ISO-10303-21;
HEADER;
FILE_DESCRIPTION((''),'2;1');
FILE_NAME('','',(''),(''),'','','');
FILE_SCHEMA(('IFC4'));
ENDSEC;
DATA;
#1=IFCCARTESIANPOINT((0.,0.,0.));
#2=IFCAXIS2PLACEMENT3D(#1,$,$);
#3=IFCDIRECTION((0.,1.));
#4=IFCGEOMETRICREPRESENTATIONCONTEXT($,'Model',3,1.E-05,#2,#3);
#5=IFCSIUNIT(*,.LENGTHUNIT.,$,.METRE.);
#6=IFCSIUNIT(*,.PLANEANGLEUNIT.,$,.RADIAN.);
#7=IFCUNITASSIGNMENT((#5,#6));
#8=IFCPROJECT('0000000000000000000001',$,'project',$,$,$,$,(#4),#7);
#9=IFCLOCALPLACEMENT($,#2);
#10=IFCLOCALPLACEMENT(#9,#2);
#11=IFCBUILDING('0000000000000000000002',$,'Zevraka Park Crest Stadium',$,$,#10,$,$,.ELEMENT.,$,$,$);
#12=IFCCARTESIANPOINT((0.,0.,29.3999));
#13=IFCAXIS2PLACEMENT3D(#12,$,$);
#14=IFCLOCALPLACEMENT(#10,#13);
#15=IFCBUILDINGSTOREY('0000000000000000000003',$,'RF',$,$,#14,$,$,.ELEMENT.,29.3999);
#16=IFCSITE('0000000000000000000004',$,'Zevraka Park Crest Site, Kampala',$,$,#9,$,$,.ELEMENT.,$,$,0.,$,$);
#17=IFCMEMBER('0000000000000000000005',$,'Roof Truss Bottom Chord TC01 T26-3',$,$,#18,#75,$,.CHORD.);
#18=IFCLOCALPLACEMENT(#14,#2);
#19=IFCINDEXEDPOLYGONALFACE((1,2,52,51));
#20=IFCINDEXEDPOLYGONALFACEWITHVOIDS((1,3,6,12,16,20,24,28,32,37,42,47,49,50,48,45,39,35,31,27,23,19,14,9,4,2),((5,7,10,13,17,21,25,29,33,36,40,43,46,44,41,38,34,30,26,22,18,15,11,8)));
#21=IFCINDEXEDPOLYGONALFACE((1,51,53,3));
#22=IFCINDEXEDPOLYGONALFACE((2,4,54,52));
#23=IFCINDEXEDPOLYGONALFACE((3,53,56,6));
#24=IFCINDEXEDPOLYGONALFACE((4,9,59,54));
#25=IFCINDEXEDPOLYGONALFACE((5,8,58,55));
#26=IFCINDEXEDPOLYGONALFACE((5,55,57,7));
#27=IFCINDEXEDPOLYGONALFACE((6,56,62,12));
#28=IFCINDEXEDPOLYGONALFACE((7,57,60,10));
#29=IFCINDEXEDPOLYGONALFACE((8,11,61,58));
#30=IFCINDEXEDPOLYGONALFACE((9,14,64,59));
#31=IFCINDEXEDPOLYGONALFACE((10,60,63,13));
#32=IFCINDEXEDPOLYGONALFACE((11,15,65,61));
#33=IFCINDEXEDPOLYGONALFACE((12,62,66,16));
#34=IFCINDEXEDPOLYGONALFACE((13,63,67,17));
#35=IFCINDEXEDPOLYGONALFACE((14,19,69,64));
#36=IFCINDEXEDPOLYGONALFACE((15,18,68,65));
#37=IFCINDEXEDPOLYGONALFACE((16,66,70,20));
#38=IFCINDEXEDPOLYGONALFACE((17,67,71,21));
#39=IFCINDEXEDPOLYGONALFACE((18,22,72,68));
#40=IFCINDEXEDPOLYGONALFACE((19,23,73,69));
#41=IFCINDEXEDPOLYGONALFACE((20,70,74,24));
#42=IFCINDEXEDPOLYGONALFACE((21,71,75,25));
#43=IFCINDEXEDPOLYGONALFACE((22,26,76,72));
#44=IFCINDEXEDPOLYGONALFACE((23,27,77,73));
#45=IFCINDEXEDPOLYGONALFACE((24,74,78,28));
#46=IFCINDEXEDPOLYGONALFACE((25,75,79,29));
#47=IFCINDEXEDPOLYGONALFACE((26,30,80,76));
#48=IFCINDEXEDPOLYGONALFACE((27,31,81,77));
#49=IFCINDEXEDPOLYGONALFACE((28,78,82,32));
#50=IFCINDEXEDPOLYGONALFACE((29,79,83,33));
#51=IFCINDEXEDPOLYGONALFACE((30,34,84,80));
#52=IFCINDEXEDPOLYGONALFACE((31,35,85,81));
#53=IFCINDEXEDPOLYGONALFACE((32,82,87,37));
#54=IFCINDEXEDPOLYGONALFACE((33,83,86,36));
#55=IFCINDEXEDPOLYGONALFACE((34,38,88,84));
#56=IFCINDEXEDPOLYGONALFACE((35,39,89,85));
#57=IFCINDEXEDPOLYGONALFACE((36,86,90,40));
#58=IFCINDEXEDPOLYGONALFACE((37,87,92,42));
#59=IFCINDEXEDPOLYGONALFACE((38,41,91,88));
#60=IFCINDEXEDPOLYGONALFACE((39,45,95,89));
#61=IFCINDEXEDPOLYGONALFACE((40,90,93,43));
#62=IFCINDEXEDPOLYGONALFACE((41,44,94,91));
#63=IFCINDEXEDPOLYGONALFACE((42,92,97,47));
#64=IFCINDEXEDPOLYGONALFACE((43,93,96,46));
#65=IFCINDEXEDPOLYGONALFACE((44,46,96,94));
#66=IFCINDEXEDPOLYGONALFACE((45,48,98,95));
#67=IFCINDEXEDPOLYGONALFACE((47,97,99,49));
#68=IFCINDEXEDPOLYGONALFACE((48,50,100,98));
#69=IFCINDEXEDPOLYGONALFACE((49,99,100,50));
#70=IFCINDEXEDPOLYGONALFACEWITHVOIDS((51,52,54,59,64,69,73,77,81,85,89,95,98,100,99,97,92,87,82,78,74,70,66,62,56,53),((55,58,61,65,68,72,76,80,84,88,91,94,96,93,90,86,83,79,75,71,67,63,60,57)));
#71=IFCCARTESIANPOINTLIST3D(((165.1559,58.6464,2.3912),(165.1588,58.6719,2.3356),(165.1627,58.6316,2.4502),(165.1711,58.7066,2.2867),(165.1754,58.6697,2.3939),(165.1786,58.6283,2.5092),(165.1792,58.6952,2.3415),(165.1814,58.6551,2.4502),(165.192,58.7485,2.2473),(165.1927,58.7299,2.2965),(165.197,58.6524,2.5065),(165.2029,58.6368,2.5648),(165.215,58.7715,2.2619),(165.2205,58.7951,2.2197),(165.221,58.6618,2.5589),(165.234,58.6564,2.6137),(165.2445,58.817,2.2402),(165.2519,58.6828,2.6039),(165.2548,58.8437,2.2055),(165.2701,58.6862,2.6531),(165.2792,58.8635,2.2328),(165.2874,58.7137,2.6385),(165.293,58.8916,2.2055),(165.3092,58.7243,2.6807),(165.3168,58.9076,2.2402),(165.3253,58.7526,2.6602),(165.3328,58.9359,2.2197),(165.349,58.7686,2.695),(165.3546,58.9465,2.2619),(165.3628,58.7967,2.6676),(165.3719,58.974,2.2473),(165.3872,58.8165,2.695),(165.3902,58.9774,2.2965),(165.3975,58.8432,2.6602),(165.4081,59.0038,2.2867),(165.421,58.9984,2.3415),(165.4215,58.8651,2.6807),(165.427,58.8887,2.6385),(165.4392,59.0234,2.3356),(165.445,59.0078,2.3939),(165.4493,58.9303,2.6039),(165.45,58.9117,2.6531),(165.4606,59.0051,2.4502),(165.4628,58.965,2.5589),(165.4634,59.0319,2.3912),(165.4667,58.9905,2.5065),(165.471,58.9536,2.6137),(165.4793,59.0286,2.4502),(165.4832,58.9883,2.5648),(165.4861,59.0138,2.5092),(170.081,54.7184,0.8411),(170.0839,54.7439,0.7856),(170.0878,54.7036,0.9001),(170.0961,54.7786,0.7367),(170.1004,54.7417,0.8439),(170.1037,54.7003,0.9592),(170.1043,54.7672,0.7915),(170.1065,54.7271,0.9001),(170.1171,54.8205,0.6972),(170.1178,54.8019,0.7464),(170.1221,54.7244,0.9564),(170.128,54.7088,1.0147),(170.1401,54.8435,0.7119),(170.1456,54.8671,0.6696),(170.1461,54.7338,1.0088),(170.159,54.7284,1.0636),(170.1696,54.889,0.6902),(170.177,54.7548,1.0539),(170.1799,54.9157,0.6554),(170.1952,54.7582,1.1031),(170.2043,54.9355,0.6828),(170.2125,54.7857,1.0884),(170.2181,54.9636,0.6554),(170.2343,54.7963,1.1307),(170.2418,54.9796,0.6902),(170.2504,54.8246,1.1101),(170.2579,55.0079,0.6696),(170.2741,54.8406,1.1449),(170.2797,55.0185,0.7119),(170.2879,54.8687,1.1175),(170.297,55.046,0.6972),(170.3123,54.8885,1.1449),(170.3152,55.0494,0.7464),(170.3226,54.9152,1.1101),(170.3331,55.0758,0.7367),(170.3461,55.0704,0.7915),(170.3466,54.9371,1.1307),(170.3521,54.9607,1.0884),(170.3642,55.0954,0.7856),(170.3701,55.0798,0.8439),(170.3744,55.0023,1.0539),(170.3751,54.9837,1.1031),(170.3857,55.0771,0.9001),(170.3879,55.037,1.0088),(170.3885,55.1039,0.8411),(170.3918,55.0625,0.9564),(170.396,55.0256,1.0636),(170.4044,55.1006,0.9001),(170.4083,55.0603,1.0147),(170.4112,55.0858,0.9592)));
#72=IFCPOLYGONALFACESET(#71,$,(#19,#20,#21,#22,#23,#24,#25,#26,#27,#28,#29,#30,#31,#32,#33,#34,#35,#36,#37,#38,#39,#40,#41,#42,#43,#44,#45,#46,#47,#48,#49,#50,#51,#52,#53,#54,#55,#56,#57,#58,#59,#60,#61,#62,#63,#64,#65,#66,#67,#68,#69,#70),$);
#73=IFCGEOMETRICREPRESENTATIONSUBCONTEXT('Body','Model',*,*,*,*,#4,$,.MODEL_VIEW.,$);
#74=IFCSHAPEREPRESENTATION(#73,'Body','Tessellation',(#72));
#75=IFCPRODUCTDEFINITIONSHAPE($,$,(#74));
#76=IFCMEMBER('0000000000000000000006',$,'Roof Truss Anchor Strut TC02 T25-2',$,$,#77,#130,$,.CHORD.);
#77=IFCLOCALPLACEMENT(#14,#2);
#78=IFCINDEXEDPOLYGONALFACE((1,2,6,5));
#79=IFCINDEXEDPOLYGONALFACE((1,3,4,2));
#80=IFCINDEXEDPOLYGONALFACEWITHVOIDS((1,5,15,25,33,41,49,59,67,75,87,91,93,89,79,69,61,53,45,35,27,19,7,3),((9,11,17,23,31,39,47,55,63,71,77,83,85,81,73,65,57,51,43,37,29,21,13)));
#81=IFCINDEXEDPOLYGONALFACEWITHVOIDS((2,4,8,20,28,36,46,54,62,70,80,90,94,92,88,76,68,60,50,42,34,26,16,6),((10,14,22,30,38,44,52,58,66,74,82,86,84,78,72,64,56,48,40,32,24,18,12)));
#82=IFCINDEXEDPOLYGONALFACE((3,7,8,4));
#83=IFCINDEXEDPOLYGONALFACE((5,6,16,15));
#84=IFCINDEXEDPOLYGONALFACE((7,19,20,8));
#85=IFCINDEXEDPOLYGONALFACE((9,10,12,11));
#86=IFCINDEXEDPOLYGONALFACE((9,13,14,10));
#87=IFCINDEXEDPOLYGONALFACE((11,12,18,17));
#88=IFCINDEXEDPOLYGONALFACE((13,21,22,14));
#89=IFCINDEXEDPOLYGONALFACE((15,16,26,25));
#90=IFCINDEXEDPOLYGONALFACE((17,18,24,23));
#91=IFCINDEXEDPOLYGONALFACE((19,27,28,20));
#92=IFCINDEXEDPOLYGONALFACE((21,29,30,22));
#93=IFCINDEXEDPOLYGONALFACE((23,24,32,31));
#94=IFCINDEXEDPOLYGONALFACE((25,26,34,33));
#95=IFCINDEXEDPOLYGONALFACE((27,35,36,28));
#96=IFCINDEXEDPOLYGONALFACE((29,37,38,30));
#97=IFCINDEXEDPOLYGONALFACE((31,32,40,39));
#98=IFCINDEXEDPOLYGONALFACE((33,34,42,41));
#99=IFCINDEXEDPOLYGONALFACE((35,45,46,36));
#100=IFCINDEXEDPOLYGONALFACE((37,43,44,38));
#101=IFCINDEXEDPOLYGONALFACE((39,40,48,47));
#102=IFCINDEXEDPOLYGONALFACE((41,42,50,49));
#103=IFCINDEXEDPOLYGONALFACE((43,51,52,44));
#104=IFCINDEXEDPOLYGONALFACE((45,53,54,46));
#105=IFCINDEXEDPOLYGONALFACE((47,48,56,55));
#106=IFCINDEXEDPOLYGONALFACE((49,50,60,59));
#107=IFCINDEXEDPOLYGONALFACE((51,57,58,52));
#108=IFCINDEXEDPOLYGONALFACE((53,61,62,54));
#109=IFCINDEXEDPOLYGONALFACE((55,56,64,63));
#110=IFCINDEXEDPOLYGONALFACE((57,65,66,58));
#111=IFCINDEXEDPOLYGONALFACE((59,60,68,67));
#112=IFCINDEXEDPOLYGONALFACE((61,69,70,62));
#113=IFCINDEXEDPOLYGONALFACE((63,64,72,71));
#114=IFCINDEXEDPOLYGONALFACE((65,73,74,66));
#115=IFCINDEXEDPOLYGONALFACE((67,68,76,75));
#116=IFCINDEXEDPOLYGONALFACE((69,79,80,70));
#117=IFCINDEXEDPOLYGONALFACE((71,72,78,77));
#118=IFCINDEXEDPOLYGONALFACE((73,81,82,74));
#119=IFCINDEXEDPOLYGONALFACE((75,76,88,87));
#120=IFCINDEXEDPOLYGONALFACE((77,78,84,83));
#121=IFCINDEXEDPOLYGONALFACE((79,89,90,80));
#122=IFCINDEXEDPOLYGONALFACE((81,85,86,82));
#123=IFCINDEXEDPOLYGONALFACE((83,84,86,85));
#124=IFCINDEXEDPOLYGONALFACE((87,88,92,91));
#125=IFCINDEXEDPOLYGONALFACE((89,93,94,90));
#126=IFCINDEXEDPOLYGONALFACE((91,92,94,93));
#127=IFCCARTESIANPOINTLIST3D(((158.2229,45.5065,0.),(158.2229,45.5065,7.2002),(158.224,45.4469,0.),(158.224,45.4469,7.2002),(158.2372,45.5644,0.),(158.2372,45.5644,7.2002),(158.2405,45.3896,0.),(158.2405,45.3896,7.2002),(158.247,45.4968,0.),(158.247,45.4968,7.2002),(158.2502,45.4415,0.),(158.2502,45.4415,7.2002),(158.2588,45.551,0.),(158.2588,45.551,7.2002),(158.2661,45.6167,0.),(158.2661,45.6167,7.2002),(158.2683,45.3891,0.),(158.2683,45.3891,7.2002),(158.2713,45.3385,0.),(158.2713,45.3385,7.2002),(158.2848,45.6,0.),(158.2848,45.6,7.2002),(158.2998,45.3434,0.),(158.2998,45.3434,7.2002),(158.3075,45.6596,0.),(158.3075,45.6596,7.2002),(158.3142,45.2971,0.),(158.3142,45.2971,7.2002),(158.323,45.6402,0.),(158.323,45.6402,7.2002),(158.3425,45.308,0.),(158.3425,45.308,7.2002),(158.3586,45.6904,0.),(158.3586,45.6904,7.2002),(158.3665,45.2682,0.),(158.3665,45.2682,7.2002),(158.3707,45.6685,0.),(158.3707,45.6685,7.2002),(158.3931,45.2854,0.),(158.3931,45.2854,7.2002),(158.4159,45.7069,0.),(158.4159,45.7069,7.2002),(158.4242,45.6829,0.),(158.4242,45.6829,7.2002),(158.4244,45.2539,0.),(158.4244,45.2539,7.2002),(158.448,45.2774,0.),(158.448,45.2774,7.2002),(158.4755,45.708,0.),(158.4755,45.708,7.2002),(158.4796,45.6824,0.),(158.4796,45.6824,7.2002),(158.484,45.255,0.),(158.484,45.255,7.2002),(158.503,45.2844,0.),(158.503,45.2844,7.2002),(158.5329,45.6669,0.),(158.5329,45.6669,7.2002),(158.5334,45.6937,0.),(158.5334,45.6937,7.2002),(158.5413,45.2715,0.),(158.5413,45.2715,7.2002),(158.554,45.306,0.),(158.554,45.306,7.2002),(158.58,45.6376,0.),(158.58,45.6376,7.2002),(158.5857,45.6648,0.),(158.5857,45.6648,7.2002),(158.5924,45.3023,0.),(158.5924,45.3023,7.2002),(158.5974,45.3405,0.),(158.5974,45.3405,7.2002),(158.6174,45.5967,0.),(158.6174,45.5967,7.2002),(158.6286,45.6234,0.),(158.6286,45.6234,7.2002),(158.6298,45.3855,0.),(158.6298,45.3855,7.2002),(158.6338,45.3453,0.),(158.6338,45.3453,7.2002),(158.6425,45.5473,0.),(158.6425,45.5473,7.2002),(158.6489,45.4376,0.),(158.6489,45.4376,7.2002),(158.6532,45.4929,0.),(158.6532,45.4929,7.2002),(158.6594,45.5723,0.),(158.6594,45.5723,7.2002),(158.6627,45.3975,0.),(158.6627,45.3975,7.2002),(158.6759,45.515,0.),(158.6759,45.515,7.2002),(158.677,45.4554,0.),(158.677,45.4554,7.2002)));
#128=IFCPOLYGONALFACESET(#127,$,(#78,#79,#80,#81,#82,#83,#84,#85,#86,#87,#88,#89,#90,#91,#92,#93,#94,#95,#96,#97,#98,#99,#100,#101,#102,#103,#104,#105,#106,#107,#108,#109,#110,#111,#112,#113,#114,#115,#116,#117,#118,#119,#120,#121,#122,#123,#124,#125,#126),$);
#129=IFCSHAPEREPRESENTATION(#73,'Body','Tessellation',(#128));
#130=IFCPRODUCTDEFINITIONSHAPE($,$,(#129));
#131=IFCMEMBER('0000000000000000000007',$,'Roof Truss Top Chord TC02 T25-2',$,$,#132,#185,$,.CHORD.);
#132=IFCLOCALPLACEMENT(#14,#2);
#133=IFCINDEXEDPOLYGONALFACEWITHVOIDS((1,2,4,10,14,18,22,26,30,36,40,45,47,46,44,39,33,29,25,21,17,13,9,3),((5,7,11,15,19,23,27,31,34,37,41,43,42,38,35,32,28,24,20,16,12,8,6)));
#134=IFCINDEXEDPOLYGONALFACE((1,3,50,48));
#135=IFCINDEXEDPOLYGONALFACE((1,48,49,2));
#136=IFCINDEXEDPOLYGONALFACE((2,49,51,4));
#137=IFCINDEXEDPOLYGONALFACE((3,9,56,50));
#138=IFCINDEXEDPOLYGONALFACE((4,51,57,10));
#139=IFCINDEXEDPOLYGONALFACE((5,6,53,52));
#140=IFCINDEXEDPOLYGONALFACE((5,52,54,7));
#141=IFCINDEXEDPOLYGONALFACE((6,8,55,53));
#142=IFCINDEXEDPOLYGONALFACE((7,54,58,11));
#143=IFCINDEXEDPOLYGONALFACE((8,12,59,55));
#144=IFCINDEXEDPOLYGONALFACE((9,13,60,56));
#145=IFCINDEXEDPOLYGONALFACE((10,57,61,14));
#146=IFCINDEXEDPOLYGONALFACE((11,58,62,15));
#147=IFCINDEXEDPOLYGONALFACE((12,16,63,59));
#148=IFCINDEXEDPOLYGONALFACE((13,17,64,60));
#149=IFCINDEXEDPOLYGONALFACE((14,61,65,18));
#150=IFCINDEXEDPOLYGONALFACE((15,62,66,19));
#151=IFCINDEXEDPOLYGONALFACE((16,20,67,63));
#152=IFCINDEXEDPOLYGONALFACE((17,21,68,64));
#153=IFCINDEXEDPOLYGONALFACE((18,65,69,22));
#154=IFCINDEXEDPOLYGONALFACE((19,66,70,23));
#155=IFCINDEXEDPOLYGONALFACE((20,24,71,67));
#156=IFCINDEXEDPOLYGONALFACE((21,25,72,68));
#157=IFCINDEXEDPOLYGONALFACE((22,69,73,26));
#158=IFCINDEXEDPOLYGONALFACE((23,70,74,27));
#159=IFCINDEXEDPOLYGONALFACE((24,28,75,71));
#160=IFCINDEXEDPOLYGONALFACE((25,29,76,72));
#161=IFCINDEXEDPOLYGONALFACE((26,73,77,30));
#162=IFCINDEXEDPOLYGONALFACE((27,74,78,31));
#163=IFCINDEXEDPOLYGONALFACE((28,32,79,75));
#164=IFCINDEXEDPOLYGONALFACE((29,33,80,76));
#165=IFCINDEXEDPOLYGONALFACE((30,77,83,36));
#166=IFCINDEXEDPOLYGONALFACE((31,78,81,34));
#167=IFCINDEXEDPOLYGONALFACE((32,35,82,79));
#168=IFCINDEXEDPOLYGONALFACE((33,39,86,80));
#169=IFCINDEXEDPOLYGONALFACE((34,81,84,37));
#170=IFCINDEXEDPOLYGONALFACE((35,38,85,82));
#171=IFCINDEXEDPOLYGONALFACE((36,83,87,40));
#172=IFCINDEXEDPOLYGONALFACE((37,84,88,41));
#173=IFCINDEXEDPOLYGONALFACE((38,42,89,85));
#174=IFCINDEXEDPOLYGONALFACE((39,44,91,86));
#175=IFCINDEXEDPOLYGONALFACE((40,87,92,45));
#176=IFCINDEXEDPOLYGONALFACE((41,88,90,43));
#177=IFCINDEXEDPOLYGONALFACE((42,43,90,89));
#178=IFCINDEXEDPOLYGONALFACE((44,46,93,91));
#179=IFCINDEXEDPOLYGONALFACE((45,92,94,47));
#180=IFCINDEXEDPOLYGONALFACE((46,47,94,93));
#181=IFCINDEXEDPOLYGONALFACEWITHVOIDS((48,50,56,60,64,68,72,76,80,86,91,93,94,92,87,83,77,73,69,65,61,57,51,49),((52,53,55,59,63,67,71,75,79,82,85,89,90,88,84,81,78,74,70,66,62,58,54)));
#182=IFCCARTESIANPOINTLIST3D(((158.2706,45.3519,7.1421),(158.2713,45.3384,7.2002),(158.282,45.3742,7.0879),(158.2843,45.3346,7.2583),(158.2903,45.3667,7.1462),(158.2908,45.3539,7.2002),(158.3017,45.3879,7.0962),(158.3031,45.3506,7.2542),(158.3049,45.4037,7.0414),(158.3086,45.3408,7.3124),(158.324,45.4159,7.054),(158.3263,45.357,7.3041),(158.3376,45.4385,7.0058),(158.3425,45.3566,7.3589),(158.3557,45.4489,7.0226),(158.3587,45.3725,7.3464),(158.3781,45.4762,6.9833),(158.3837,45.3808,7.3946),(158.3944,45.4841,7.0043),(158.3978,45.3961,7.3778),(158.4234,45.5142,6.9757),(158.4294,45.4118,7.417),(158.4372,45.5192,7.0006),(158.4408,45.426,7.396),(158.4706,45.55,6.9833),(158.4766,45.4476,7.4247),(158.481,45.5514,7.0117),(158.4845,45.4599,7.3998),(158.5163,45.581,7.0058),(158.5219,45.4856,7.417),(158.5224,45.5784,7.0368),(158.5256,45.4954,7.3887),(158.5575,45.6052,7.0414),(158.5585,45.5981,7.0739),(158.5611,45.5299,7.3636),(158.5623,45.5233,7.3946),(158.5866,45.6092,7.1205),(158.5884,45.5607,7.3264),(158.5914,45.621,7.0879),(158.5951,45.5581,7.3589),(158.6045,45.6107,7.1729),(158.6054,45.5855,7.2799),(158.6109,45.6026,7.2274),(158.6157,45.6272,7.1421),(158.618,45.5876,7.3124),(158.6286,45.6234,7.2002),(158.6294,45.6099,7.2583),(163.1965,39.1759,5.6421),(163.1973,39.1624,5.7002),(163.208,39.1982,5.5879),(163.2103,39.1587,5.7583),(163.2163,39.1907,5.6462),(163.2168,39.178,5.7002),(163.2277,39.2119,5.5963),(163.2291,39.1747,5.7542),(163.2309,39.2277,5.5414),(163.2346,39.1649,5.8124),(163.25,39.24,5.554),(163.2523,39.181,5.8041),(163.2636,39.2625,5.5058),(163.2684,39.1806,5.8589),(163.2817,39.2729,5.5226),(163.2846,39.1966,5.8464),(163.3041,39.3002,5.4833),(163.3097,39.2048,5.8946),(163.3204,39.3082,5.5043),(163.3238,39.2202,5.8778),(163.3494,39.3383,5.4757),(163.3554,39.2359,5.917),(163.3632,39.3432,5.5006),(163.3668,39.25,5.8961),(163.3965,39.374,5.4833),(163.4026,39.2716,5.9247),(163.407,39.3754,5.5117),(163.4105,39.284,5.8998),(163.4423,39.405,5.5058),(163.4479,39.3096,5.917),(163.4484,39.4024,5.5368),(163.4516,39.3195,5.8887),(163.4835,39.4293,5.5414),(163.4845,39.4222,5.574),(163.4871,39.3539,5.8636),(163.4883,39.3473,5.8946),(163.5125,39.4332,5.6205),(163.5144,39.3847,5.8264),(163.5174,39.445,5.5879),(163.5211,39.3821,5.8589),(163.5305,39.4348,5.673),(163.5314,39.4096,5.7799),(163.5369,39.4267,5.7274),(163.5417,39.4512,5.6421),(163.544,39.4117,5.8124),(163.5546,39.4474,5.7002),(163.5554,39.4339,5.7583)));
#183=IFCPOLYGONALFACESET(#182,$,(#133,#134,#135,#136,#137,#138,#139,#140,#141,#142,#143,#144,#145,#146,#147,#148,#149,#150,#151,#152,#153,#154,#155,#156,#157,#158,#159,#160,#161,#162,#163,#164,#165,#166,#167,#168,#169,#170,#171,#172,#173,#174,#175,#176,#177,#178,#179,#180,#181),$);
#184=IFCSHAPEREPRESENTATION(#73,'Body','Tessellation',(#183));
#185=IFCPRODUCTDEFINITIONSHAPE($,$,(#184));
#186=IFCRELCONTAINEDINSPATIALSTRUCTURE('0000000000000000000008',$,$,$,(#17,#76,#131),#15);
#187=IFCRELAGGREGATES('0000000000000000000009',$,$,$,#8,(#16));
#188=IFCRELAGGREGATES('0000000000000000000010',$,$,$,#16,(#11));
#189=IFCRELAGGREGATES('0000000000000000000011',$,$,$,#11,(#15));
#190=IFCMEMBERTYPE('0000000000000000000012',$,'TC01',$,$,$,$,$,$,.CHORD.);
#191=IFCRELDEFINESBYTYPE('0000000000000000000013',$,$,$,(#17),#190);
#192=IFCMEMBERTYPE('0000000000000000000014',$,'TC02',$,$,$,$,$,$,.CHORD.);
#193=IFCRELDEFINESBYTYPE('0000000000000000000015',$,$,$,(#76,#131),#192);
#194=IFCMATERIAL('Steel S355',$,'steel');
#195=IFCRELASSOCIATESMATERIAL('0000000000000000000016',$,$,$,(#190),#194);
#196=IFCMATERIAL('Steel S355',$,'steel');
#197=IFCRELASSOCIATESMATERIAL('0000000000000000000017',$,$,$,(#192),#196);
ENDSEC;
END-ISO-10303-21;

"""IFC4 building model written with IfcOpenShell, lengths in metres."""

from ifc_helpers import new_model, si_unit, direction, frame, origin, origin_2d, place, context, subcontext, project, spatial, hollow_circle, extrude, material, material_profile, profile_set, type_object, element, save


model = new_model("IFC4")

# Units and contexts
model_context = context("Model", 3, precision=1e-05, world=origin(), true_north=direction((0.0, 1.0)))
body_context = subcontext(model_context, "Body", "Model", "MODEL_VIEW")
ifc_project = project(units=[si_unit("LENGTHUNIT", "METRE"), si_unit("PLANEANGLEUNIT", "RADIAN")], contexts=[model_context])

# Site, building, storey
site_placement = place(None, origin())
site = spatial("IfcSite", under=ifc_project, at=site_placement, Name="Zevraka Park Crest Site, Kampala", CompositionType="ELEMENT", RefElevation=0.0)
building_placement = place(site_placement, origin())
building = spatial("IfcBuilding", under=site, at=building_placement, Name="Zevraka Park Crest Stadium", CompositionType="ELEMENT")
storey_placement = place(building_placement, frame((0.0, 0.0, 29.3999)))
storey = spatial("IfcBuildingStorey", under=building, at=storey_placement, Name="RF", CompositionType="ELEMENT", Elevation=29.3999)

# Members
ifc_material_1 = material(Name="Steel S355", Category="steel")
ifc_material_profile_1 = material_profile(ifc_material_1, hollow_circle(Radius=0.2539, WallThickness=0.03, at=origin_2d()), Name="CHS 508.0x30")
ifc_profile_set_1 = profile_set([ifc_material_profile_1], Name="Steel S355")
member_type_1 = type_object("IfcMemberType", Name="TC01", PredefinedType="CHORD", material=ifc_profile_set_1)
member_1_placement = place(storey_placement, frame((170.2461, 54.9021, 0.9001), z_axis=(-0.759159, 0.605468, 0.238928), x_axis=(-0.623527, -0.781802, 0.0)))
element("IfcMember", 1, at=member_1_placement, inside=storey, type_object=member_type_1, Name="Roof Truss Bottom Chord TC01 T26-3", PredefinedType="CHORD", context=body_context, shape_type="SweptSolid", body=[
    extrude(hollow_circle(Radius=0.2539, WallThickness=0.03, at=origin_2d()), origin(), (0.0, 0.0, 1.0), 6.4875),
])
ifc_material_2 = material(Name="Steel S355", Category="steel")
ifc_material_profile_2 = material_profile(ifc_material_2, hollow_circle(Radius=0.2285, WallThickness=0.0249, at=origin_2d()), Name="CHS 457.0x25")
ifc_profile_set_2 = profile_set([ifc_material_profile_2], Name="Steel S355")
member_type_2 = type_object("IfcMemberType", Name="TC02", PredefinedType="CHORD", material=ifc_profile_set_2)
member_2_placement = place(storey_placement, frame((158.45, 45.481, 0.0), z_axis=(0.0, 0.0, 1.0), x_axis=(-0.62347, 0.781847, 0.0)))
element("IfcMember", 2, at=member_2_placement, inside=storey, type_object=member_type_2, Name="Roof Truss Anchor Strut TC02 T25-2", PredefinedType="CHORD", context=body_context, shape_type="SweptSolid", body=[
    extrude(hollow_circle(Radius=0.2285, WallThickness=0.0249, at=origin_2d()), origin(), (0.0, 0.0, 1.0), 7.2002),
])
member_3_placement = place(storey_placement, frame((163.376, 39.3049, 5.7002), z_axis=(-0.612607, 0.768059, 0.186542), x_axis=(-0.781782, -0.623552, 0.0)))
element("IfcMember", 3, at=member_3_placement, inside=storey, type_object=member_type_2, Name="Roof Truss Top Chord TC02 T25-2", PredefinedType="CHORD", context=body_context, shape_type="SweptSolid", body=[
    extrude(hollow_circle(Radius=0.2285, WallThickness=0.0249, at=origin_2d()), origin(), (0.0, 0.0, 1.0), 8.041),
])

save(model, "model.ifc")
